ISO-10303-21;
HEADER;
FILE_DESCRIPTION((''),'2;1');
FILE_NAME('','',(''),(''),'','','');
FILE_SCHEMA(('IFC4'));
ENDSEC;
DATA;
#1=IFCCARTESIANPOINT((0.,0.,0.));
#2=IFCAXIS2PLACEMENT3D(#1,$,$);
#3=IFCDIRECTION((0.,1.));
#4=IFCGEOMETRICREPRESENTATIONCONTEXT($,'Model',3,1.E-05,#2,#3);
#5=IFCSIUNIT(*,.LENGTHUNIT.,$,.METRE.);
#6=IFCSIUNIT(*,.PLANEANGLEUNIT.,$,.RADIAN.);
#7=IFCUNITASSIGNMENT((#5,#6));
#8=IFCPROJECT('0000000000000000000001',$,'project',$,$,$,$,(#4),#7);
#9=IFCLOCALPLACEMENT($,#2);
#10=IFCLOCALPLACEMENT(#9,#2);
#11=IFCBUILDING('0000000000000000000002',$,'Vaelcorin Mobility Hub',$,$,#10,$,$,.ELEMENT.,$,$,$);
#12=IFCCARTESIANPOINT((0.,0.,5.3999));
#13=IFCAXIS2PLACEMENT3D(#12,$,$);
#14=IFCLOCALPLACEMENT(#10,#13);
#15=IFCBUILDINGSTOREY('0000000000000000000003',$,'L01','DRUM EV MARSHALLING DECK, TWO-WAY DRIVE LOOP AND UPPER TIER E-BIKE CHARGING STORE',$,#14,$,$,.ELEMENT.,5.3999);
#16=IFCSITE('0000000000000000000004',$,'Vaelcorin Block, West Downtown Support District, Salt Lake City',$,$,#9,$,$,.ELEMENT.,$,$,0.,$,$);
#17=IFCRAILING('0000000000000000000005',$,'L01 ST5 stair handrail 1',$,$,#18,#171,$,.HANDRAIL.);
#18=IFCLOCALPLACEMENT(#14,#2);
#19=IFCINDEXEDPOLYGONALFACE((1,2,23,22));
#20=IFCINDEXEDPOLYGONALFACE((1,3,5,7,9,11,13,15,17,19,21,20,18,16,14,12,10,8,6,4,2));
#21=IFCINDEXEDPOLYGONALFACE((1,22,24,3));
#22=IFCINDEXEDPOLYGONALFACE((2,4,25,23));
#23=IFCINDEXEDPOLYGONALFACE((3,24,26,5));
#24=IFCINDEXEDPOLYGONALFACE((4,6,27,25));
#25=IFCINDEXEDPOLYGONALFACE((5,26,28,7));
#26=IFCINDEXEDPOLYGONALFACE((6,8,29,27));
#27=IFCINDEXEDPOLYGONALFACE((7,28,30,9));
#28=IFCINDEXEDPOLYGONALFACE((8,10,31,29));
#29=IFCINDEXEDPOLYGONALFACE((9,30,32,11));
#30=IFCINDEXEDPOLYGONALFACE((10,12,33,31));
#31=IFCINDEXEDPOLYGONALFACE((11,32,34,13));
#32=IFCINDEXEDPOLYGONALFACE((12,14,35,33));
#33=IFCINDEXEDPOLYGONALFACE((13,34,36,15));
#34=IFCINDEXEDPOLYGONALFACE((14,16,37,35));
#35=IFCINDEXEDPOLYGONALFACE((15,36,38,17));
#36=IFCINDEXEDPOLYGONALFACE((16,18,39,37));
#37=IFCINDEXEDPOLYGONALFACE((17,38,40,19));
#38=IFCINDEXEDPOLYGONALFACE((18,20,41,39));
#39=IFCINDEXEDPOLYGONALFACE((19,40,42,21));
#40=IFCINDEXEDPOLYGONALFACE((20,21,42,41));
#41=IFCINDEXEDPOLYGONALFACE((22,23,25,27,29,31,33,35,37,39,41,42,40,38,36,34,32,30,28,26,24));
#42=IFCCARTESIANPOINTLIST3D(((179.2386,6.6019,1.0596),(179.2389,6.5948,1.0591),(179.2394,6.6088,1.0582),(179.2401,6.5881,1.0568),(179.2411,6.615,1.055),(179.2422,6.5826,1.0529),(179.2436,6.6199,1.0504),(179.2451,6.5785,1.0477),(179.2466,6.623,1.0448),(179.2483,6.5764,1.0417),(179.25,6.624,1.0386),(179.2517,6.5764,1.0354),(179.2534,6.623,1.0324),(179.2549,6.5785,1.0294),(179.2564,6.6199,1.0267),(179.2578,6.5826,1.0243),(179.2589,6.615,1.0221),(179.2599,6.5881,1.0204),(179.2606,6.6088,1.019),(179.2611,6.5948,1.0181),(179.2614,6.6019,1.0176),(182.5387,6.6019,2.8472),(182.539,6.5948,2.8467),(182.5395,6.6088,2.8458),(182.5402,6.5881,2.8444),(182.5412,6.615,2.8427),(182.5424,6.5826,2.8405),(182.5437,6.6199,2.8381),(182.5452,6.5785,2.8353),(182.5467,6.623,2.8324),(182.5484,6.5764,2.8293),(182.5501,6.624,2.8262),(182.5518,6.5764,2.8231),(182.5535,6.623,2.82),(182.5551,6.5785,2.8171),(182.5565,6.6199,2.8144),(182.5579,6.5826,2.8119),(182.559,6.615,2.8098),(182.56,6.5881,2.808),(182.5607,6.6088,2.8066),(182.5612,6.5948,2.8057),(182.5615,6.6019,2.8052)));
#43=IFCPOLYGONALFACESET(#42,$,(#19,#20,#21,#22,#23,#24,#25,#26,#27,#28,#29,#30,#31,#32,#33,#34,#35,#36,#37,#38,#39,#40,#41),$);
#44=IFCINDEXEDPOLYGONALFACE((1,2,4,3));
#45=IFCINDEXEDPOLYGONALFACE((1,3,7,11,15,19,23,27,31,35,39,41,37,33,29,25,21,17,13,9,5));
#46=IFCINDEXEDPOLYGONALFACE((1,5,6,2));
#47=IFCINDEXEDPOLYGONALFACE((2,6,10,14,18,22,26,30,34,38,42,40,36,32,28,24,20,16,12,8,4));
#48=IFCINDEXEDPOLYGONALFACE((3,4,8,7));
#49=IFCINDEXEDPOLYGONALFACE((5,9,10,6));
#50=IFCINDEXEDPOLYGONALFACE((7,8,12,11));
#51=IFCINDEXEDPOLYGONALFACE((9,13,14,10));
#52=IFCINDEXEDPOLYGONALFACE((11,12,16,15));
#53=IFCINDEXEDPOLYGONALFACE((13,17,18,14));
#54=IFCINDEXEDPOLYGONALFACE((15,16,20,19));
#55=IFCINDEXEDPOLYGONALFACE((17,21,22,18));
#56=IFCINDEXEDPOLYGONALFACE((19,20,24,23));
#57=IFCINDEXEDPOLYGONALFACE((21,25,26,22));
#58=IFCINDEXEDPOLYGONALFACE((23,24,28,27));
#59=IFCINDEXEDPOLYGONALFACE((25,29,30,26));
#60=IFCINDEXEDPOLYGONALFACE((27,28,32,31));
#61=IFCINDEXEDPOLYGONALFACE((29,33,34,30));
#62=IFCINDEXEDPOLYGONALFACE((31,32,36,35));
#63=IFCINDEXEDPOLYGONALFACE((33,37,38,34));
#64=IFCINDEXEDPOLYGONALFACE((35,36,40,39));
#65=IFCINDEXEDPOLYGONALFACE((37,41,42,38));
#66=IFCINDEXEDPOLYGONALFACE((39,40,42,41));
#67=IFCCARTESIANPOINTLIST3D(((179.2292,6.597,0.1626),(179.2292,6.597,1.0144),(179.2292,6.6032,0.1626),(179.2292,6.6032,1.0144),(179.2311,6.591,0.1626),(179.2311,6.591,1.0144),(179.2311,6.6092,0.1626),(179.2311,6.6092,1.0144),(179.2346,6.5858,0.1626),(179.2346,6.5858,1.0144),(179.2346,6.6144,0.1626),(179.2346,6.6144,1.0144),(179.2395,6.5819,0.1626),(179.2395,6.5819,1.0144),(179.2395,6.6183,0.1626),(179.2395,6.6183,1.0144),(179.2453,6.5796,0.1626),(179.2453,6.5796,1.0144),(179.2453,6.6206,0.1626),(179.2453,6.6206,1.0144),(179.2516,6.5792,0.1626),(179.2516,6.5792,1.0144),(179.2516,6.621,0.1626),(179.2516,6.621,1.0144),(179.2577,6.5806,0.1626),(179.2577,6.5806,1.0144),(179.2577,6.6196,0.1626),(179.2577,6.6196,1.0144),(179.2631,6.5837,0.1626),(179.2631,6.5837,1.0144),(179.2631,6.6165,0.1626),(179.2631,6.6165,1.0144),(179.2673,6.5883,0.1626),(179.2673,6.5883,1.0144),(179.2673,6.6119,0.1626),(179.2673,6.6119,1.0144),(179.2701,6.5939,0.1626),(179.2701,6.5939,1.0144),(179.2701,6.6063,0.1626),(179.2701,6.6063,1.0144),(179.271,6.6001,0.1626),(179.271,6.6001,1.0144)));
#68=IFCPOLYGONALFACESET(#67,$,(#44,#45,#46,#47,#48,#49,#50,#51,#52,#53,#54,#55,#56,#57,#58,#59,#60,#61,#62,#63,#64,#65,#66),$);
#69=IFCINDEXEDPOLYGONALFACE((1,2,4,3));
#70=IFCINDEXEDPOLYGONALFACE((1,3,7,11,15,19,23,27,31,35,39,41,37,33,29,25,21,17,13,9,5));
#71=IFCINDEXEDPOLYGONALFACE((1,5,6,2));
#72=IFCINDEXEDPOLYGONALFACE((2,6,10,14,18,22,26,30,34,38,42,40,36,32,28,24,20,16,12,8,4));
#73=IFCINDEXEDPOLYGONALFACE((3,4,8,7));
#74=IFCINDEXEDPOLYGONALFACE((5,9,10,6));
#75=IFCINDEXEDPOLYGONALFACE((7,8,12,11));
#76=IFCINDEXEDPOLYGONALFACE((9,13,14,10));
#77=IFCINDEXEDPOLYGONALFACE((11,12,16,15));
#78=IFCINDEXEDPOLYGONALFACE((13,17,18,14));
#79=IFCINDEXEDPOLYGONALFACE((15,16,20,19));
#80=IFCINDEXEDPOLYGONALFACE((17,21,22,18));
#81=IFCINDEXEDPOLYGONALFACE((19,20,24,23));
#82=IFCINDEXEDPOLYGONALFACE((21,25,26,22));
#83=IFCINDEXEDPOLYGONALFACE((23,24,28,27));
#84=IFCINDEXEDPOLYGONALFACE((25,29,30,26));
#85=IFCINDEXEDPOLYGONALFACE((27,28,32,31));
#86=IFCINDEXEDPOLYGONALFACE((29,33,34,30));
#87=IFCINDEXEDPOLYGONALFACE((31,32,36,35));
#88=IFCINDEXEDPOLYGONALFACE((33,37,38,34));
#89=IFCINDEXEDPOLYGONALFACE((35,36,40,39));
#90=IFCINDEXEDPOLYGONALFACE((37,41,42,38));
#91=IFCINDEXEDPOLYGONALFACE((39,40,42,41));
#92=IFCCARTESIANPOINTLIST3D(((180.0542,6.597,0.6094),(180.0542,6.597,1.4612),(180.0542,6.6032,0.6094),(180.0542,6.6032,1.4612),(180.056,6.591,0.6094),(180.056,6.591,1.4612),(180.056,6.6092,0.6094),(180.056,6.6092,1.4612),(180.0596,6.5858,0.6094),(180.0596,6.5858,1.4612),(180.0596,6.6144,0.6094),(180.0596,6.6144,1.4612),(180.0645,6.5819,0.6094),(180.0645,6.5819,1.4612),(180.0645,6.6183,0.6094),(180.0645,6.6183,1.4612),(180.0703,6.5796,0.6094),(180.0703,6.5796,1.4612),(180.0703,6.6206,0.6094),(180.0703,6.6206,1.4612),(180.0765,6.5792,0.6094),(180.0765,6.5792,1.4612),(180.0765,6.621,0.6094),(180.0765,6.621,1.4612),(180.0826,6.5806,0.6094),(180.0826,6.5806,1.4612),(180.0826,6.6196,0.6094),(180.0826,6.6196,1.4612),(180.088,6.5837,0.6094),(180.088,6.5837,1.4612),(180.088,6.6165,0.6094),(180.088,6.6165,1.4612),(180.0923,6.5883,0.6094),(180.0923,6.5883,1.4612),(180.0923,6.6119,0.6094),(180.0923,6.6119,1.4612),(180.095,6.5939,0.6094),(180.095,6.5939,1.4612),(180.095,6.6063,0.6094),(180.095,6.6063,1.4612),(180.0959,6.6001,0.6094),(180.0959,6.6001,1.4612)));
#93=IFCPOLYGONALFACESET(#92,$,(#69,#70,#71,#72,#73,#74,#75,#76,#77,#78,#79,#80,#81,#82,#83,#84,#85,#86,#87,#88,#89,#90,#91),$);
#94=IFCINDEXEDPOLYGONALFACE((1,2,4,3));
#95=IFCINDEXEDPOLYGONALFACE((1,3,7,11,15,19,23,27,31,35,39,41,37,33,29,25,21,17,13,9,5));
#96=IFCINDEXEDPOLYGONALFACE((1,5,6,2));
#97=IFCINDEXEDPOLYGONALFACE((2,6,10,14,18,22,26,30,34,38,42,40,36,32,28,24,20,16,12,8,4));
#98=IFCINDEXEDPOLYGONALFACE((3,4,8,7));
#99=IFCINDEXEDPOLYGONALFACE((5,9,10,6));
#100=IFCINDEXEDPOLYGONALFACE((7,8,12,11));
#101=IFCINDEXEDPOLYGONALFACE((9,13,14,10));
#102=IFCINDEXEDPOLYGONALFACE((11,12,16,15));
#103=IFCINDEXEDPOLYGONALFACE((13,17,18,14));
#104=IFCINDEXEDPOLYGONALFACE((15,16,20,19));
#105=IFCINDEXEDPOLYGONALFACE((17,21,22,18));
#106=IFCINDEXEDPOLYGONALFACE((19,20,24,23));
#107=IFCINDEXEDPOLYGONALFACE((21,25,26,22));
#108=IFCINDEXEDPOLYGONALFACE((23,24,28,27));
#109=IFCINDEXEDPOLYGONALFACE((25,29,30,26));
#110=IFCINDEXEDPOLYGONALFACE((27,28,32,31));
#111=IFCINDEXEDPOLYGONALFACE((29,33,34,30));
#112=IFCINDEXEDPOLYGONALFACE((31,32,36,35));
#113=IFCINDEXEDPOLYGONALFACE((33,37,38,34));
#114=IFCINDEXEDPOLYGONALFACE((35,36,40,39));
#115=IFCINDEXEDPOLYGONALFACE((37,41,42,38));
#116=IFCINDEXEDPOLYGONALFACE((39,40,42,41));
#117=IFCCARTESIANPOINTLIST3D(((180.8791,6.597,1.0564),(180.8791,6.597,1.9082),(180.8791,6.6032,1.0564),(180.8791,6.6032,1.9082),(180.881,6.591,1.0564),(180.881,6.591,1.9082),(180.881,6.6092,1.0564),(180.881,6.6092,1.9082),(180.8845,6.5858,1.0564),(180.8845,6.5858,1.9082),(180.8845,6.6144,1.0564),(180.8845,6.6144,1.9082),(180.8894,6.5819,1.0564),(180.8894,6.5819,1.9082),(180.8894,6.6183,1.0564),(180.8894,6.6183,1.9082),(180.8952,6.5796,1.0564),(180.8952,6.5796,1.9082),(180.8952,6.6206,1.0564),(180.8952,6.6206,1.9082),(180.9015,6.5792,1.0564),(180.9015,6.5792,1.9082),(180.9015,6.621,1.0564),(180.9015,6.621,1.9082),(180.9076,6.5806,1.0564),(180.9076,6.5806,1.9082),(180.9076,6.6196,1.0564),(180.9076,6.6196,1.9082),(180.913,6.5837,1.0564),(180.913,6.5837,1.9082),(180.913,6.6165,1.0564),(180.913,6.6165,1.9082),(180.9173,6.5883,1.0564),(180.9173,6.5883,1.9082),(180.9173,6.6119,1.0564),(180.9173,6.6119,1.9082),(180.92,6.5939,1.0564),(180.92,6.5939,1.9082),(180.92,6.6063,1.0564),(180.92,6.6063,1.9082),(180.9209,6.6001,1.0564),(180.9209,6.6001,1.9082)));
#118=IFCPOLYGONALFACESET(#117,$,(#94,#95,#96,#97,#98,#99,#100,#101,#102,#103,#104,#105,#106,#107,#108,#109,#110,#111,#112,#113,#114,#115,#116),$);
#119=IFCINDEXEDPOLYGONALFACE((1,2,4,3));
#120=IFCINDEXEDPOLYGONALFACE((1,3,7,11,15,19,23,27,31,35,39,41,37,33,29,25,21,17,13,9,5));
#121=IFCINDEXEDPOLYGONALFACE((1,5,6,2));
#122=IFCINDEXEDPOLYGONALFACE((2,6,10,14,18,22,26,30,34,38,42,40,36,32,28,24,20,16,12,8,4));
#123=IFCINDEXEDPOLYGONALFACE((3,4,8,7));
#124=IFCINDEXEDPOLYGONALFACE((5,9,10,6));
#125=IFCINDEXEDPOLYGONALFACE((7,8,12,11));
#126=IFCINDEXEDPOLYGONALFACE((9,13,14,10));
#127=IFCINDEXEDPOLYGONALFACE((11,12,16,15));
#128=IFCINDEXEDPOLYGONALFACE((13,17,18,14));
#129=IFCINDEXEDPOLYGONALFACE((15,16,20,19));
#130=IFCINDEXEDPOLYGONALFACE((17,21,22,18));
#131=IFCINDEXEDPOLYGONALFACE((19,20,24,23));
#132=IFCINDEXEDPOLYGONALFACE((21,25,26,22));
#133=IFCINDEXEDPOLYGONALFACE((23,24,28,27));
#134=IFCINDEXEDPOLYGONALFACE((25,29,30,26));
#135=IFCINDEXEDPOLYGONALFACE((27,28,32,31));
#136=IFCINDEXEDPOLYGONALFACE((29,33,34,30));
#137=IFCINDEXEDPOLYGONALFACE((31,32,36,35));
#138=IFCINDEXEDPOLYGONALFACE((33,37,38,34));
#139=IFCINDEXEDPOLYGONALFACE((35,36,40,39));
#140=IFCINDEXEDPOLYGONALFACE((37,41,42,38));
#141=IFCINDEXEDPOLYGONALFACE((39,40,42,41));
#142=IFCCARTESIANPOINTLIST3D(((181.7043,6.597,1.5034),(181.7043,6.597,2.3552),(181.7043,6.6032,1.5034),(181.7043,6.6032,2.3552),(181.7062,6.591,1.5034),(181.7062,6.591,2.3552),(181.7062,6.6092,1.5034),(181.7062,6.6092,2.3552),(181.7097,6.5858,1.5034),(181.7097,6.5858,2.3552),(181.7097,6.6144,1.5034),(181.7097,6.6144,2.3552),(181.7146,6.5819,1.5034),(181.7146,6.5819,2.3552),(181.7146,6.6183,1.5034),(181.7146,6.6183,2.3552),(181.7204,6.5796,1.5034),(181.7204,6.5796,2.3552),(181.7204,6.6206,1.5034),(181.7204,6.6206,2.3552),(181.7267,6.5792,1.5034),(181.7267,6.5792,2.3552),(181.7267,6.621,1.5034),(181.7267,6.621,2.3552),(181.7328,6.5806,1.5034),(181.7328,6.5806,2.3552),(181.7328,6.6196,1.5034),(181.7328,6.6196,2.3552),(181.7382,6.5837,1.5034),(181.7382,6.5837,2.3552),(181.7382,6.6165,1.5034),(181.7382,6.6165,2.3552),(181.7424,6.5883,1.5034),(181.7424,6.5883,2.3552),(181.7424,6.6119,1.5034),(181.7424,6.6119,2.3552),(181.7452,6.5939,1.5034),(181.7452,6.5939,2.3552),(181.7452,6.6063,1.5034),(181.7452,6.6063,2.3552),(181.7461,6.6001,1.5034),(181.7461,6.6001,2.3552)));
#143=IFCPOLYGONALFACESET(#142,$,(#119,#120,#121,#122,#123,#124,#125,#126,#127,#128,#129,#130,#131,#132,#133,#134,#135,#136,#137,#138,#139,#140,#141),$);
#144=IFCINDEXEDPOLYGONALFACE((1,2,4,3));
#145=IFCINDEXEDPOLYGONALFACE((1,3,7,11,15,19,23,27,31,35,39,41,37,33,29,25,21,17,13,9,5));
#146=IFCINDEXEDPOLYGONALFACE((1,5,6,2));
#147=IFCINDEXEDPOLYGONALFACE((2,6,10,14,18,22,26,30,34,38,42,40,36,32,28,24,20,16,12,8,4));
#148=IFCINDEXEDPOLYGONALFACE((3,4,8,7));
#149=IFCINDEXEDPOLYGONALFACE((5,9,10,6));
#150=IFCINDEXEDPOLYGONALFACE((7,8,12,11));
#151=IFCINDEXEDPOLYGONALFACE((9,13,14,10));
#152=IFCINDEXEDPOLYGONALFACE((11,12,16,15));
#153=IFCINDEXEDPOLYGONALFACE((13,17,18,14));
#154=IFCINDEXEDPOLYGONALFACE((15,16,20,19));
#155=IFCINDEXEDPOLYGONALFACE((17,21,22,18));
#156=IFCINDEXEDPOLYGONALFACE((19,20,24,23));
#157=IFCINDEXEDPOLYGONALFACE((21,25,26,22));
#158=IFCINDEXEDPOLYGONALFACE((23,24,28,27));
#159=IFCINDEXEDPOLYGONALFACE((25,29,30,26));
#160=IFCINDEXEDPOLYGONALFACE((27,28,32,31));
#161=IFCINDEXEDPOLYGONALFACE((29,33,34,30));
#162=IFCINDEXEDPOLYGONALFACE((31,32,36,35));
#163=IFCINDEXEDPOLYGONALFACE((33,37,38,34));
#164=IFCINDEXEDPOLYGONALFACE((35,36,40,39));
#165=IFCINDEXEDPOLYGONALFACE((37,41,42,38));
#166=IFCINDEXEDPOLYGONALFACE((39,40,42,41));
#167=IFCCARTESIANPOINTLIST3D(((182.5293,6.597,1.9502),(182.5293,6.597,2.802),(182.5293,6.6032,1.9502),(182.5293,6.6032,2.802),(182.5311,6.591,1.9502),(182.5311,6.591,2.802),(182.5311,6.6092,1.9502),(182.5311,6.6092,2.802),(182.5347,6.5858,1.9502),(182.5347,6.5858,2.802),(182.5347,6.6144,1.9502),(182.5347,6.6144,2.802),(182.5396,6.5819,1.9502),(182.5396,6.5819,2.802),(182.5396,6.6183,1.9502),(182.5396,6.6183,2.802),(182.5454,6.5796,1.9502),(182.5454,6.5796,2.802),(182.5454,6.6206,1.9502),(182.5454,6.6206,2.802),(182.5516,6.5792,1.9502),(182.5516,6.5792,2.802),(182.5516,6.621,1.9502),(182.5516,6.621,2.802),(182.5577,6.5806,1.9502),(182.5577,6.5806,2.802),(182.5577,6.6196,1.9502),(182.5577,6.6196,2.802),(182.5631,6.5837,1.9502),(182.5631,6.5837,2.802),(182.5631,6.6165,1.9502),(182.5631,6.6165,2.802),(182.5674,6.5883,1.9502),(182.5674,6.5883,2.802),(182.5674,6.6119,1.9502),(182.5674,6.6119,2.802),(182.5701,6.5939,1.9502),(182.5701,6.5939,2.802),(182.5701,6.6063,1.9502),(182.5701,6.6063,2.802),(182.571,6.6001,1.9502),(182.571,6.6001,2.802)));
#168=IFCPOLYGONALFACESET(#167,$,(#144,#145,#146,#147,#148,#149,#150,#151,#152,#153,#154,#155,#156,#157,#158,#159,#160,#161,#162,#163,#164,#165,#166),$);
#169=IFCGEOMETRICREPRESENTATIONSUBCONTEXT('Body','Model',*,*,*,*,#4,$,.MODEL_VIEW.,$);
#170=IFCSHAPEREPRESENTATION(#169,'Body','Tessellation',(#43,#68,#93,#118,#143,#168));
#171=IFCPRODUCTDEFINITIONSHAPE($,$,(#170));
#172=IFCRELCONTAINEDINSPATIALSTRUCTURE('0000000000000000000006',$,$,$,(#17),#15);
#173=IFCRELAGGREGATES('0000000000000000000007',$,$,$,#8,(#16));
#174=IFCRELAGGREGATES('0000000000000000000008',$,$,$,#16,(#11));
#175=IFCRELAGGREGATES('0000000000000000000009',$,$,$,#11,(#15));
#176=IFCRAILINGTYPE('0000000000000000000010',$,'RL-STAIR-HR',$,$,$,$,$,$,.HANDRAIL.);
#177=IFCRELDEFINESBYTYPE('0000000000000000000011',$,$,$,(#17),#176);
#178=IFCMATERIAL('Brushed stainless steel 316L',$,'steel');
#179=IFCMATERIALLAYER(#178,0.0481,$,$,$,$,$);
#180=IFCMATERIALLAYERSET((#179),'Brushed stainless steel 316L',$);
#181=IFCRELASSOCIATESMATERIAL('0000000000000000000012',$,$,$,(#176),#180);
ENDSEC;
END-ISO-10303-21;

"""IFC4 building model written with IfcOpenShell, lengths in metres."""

from ifc_helpers import new_model, si_unit, direction, frame, origin, origin_2d, place, context, subcontext, project, spatial, circle, extrude, material, layer, layer_set, type_object, element, save


model = new_model("IFC4")

# Units and contexts
model_context = context("Model", 3, precision=1e-05, world=origin(), true_north=direction((0.0, 1.0)))
body_context = subcontext(model_context, "Body", "Model", "MODEL_VIEW")
ifc_project = project(units=[si_unit("LENGTHUNIT", "METRE"), si_unit("PLANEANGLEUNIT", "RADIAN")], contexts=[model_context])

# Site, building, storey
site_placement = place(None, origin())
site = spatial("IfcSite", under=ifc_project, at=site_placement, Name="Vaelcorin Block, West Downtown Support District, Salt Lake City", CompositionType="ELEMENT", RefElevation=0.0)
building_placement = place(site_placement, origin())
building = spatial("IfcBuilding", under=site, at=building_placement, Name="Vaelcorin Mobility Hub", CompositionType="ELEMENT")
storey_placement = place(building_placement, frame((0.0, 0.0, 5.3999)))
storey = spatial("IfcBuildingStorey", under=building, at=storey_placement, Name="L01", Description="DRUM EV MARSHALLING DECK, TWO-WAY DRIVE LOOP AND UPPER TIER E-BIKE CHARGING STORE", CompositionType="ELEMENT", Elevation=5.3999)

# Railing
ifc_material_1 = material(Name="Brushed stainless steel 316L", Category="steel")
ifc_layer_1 = layer(ifc_material_1, 0.0481)
ifc_layer_set_1 = layer_set([ifc_layer_1], Name="Brushed stainless steel 316L")
railing_type_1 = type_object("IfcRailingType", Name="RL-STAIR-HR", PredefinedType="HANDRAIL", material=ifc_layer_set_1)
railing_1_placement = place(storey_placement, frame((179.25, 6.6001, 0.1626)))
element("IfcRailing", 1, at=railing_1_placement, inside=storey, type_object=railing_type_1, Name="L01 ST5 stair handrail 1", PredefinedType="HANDRAIL", context=body_context, shape_type="SweptSolid", body=[
    extrude(circle(Radius=0.0239, at=origin_2d()), frame((0.0, 0.0, 0.876), z_axis=(0.879284, 0.0, 0.476298), x_axis=(0.0, 1.0, 0.0)), (0.0, 0.0, 1.0), 3.7532),
    extrude(circle(Radius=0.021, at=origin_2d()), origin(), (0.0, 0.0, 1.0), 0.8518),
    extrude(circle(Radius=0.021, at=origin_2d()), frame((0.825, 0.0, 0.4468)), (0.0, 0.0, 1.0), 0.8518),
    extrude(circle(Radius=0.021, at=origin_2d()), frame((1.6499, 0.0, 0.8938)), (0.0, 0.0, 1.0), 0.8518),
    extrude(circle(Radius=0.021, at=origin_2d()), frame((2.4751, 0.0, 1.3408)), (0.0, 0.0, 1.0), 0.8518),
    extrude(circle(Radius=0.021, at=origin_2d()), frame((3.3, 0.0, 1.7876)), (0.0, 0.0, 1.0), 0.8518),
])

save(model, "model.ifc")
